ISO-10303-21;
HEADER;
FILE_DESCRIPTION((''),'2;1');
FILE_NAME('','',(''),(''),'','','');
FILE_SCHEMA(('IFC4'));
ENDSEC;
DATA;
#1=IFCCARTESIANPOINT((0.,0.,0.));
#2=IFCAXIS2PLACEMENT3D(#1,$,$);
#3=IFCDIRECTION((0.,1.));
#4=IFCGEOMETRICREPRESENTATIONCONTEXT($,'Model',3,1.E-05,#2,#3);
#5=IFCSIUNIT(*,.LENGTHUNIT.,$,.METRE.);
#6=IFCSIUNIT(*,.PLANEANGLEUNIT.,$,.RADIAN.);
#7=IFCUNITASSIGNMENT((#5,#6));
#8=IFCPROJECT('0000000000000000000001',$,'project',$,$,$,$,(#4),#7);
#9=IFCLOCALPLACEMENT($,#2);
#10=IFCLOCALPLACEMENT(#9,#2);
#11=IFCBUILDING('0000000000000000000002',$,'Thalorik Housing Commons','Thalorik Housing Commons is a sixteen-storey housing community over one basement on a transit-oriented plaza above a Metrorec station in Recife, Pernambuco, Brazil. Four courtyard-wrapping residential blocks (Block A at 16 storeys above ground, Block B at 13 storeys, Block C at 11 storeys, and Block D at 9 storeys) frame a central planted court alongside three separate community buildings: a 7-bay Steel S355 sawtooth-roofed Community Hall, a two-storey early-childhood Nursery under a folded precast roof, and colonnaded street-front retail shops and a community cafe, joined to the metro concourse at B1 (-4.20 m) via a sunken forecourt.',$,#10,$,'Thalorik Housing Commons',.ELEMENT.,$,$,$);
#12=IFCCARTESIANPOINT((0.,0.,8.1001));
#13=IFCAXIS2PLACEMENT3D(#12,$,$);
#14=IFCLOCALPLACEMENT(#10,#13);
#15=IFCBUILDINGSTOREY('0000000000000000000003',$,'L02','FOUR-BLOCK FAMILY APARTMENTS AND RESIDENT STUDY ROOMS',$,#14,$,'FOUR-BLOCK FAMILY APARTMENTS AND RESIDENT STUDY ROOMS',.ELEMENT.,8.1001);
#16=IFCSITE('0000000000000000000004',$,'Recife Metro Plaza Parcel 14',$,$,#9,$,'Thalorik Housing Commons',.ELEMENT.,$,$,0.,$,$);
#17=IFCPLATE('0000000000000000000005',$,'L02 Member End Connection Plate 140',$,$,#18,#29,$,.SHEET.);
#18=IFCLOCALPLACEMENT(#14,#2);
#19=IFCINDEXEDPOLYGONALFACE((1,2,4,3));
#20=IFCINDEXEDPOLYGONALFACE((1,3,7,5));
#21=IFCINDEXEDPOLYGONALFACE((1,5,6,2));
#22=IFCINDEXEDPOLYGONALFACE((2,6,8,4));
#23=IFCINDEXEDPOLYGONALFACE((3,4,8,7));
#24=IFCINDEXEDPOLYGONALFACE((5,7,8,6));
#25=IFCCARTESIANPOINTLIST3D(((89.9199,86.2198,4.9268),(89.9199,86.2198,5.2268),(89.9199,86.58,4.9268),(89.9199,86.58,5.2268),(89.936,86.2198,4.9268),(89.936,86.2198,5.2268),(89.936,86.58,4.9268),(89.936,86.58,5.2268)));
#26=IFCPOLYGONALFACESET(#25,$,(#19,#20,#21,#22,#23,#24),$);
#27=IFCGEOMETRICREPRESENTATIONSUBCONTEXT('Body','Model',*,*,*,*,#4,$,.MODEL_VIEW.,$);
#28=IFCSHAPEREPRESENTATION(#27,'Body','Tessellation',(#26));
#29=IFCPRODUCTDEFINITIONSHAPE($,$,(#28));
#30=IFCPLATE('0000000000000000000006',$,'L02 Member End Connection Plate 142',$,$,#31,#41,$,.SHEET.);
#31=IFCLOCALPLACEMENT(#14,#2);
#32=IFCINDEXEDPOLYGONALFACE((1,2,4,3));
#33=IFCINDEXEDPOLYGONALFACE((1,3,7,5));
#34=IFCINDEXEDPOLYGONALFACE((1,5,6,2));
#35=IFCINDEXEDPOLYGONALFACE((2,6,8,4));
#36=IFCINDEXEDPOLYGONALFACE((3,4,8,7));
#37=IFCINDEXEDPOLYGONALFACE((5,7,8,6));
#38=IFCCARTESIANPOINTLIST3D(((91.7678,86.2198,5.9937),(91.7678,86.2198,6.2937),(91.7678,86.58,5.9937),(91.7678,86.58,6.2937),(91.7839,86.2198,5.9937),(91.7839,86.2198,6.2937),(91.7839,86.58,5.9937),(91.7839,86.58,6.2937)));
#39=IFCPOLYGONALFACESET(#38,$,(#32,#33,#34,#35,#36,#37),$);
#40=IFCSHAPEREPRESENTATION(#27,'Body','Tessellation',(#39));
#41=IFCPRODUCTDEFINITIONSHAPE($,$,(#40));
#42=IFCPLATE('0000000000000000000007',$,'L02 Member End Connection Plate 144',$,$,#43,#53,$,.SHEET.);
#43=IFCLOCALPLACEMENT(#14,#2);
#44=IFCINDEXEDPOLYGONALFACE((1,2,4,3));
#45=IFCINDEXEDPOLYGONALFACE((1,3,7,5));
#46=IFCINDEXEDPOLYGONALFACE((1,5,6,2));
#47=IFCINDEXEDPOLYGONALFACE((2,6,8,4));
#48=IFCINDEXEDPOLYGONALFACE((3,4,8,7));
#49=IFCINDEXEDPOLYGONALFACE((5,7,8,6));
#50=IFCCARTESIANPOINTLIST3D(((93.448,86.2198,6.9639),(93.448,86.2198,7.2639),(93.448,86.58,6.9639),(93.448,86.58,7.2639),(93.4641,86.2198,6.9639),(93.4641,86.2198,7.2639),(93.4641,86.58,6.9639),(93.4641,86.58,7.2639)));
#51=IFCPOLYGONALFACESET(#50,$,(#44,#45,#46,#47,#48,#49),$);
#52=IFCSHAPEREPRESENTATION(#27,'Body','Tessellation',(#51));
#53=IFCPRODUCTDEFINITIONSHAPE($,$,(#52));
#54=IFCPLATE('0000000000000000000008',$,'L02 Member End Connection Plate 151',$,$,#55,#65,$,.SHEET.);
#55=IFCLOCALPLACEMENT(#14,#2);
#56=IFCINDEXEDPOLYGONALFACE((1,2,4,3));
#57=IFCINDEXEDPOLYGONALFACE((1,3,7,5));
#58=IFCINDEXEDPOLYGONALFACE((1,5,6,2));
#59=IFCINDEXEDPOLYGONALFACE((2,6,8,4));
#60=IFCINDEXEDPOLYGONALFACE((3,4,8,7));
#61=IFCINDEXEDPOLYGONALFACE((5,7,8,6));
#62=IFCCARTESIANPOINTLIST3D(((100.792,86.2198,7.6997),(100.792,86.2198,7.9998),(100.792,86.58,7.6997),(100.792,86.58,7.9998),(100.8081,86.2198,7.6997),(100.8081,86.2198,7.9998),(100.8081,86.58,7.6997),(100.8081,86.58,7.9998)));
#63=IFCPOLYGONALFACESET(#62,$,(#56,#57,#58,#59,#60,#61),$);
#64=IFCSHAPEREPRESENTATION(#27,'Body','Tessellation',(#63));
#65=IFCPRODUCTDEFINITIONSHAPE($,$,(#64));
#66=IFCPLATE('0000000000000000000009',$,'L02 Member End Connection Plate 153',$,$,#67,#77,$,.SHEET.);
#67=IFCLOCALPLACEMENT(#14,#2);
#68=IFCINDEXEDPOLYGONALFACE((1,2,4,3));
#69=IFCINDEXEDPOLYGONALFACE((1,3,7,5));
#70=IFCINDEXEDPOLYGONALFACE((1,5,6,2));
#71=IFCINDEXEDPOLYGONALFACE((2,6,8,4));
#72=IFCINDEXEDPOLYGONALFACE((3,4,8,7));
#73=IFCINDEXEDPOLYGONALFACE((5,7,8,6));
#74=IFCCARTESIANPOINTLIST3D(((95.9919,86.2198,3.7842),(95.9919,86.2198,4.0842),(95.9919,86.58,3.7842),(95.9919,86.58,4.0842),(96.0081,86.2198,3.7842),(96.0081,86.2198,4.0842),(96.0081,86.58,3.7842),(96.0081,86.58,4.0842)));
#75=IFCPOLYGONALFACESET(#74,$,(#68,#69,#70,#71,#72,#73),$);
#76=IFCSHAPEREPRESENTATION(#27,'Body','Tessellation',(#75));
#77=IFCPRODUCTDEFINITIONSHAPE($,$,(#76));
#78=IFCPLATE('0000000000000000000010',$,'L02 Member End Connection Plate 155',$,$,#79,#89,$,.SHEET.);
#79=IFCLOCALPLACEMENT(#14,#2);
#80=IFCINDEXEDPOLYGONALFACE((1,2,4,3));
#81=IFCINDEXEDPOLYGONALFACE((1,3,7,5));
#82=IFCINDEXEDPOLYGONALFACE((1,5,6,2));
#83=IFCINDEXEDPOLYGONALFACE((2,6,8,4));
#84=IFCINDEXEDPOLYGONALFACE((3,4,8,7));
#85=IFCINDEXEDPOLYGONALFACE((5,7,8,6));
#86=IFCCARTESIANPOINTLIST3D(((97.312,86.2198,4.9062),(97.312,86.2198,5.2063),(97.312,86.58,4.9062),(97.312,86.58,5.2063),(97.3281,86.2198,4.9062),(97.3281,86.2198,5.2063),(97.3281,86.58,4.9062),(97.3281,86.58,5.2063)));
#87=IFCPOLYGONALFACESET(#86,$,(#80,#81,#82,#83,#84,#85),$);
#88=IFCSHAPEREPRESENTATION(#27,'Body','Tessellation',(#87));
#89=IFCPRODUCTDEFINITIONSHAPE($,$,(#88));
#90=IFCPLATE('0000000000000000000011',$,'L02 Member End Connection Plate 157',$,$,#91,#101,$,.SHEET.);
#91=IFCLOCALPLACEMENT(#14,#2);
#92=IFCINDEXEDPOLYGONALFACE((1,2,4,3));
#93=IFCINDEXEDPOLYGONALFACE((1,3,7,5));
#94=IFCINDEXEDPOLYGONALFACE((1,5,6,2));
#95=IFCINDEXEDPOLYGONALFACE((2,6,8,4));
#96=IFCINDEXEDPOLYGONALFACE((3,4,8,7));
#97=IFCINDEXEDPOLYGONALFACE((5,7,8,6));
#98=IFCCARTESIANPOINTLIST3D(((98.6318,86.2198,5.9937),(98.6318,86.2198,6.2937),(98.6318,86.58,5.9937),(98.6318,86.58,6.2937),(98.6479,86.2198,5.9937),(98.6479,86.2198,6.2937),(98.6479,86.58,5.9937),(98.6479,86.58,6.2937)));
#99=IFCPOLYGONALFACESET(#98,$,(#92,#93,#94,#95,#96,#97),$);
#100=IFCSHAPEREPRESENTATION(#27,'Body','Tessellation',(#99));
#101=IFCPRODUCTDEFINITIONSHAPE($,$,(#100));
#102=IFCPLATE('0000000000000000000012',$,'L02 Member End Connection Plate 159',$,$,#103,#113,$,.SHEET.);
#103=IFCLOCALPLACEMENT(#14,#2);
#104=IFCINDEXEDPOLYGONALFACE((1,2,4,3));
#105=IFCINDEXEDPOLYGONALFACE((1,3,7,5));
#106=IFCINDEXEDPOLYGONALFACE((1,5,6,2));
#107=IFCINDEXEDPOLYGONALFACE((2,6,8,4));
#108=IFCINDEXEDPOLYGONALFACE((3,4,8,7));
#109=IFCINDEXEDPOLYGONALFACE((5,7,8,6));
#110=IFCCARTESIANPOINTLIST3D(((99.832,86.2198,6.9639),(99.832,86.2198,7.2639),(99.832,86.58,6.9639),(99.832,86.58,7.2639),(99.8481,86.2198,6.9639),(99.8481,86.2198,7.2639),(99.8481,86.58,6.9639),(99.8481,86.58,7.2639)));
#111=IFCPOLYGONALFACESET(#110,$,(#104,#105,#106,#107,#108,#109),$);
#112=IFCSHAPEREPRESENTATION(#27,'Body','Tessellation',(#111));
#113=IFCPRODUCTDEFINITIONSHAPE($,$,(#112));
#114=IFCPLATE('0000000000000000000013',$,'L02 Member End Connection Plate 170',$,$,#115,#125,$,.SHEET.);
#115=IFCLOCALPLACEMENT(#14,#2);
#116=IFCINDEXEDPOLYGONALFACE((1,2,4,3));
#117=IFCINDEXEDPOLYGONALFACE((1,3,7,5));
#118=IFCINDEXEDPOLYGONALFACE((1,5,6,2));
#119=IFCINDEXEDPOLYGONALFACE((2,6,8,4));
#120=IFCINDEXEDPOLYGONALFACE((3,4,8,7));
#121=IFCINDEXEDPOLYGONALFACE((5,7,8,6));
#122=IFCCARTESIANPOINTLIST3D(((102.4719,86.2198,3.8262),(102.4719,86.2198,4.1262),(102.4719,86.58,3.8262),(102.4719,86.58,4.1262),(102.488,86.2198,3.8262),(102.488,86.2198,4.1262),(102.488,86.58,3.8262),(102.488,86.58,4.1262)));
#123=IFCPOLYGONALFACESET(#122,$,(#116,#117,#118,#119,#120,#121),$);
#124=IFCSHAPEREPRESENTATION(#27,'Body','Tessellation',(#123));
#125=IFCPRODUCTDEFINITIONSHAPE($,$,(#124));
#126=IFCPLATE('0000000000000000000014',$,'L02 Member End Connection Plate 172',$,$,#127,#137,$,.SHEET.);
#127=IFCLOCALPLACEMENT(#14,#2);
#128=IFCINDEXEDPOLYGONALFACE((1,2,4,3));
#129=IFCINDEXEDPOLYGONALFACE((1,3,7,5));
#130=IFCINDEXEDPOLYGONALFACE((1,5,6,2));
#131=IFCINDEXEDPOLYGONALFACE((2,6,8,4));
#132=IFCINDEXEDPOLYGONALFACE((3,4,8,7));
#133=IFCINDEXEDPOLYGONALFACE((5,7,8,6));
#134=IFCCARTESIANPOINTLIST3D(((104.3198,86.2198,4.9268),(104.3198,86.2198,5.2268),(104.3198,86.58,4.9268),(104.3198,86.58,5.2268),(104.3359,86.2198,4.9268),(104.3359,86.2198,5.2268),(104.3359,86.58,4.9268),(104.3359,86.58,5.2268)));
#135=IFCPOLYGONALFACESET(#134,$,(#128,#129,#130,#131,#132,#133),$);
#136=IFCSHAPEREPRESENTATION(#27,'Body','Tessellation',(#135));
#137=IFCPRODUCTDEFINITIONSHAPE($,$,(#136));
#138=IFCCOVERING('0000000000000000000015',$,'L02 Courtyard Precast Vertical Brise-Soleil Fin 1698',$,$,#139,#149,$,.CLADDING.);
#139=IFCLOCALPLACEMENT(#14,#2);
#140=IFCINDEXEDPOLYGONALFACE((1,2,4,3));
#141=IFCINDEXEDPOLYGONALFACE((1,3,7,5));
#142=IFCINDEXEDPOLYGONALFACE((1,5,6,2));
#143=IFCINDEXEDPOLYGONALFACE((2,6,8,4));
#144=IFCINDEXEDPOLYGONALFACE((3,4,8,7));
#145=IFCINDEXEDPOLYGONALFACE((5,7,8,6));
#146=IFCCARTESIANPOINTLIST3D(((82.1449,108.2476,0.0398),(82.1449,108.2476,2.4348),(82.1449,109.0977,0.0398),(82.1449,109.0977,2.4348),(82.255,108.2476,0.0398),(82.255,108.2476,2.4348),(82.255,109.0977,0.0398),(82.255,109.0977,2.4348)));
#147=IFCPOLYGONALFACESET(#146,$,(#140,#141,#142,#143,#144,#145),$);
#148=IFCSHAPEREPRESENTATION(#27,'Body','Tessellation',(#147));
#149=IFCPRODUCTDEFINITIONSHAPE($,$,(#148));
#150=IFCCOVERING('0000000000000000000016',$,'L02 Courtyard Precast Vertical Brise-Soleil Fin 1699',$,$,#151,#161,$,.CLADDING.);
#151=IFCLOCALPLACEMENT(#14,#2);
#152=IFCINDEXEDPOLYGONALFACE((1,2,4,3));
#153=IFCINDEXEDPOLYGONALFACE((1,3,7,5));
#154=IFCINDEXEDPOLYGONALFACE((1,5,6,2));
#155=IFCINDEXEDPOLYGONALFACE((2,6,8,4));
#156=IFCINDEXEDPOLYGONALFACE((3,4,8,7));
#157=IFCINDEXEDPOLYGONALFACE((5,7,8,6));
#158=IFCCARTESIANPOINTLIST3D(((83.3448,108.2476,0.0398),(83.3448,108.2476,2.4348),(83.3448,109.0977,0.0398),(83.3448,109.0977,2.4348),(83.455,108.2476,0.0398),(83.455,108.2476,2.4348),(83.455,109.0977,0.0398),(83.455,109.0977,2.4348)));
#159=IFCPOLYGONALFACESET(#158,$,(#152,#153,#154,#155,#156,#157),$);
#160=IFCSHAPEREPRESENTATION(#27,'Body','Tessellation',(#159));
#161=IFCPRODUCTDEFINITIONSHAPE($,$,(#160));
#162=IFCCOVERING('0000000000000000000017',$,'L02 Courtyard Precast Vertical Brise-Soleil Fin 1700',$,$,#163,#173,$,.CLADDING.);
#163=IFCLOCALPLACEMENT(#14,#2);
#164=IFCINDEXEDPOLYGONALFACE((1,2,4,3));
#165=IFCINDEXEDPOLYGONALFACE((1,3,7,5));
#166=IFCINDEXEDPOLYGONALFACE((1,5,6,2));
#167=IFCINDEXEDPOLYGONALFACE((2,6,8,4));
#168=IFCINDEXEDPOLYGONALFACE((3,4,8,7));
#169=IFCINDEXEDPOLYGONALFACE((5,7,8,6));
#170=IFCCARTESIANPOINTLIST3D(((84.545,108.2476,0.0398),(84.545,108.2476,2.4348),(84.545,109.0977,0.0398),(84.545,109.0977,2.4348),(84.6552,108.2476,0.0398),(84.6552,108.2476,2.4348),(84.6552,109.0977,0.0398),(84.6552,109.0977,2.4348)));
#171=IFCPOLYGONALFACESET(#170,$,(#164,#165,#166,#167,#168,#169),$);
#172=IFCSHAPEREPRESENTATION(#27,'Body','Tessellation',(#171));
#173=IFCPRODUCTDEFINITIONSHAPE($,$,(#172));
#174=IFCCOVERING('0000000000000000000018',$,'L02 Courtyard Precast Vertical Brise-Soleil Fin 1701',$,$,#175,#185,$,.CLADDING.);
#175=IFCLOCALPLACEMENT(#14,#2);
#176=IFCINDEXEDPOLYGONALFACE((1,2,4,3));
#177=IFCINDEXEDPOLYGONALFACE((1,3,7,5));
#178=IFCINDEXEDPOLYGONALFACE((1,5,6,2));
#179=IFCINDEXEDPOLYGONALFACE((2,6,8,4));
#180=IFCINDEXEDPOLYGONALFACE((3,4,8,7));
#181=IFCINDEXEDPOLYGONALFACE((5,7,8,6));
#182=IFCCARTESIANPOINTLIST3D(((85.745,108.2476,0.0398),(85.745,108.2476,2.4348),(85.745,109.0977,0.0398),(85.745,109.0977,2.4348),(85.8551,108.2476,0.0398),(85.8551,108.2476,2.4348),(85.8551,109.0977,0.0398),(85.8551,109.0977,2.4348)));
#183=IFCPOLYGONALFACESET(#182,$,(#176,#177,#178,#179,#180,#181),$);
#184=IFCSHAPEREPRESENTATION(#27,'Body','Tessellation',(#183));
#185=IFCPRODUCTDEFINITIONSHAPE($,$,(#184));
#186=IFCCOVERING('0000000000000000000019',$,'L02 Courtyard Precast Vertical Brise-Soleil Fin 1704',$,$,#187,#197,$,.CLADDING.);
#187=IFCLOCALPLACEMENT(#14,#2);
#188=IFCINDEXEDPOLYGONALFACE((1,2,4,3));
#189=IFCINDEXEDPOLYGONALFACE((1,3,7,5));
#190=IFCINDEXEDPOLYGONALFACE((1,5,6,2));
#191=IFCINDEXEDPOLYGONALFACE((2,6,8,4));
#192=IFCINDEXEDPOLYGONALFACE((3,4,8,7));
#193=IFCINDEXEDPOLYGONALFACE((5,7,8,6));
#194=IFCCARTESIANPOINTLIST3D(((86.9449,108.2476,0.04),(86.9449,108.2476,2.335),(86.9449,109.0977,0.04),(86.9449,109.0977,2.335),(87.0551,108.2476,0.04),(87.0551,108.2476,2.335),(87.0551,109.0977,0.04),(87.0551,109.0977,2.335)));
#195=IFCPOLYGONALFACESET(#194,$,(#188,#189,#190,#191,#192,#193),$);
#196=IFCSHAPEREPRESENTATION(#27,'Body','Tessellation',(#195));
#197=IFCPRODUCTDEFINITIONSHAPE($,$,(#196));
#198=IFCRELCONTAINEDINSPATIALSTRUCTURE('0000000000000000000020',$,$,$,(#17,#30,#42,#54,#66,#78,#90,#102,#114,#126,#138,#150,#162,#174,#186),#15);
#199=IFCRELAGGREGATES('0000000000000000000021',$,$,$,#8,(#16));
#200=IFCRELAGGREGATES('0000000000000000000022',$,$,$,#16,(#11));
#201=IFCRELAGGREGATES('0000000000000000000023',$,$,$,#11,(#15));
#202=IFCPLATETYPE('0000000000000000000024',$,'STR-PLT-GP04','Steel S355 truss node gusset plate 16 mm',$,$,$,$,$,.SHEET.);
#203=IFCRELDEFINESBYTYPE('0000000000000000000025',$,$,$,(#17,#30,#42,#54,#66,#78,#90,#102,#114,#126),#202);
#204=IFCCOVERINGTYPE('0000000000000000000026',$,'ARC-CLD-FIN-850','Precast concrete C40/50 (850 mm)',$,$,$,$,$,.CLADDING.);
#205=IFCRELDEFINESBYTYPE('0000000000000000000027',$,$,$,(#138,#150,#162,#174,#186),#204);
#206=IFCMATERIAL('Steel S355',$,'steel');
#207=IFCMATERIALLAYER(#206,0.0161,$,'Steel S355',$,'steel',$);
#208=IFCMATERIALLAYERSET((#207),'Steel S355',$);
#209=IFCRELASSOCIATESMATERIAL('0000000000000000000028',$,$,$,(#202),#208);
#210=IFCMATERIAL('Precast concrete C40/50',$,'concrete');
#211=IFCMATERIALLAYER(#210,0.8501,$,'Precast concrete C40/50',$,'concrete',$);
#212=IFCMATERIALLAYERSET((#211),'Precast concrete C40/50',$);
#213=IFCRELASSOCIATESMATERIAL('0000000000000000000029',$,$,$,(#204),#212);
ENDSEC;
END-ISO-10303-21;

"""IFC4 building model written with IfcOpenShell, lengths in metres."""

from ifc_helpers import new_model, si_unit, direction, frame, origin, origin_2d, place, context, subcontext, project, spatial, rectangle, extrude, material, layer, layer_set, type_object, element, save


model = new_model("IFC4")

# Units and contexts
model_context = context("Model", 3, precision=1e-05, world=origin(), true_north=direction((0.0, 1.0)))
body_context = subcontext(model_context, "Body", "Model", "MODEL_VIEW")
ifc_project = project(units=[si_unit("LENGTHUNIT", "METRE"), si_unit("PLANEANGLEUNIT", "RADIAN")], contexts=[model_context])

# Site, building, storey
site_placement = place(None, origin())
site = spatial("IfcSite", under=ifc_project, at=site_placement, Name="Recife Metro Plaza Parcel 14", LongName="Thalorik Housing Commons", CompositionType="ELEMENT", RefElevation=0.0)
building_placement = place(site_placement, origin())
building = spatial("IfcBuilding", under=site, at=building_placement, Name="Thalorik Housing Commons", Description="Thalorik Housing Commons is a sixteen-storey housing community over one basement on a transit-oriented plaza above a Metrorec station in Recife, Pernambuco, Brazil. Four courtyard-wrapping residential blocks (Block A at 16 storeys above ground, Block B at 13 storeys, Block C at 11 storeys, and Block D at 9 storeys) frame a central planted court alongside three separate community buildings: a 7-bay Steel S355 sawtooth-roofed Community Hall, a two-storey early-childhood Nursery under a folded precast roof, and colonnaded street-front retail shops and a community cafe, joined to the metro concourse at B1 (-4.20 m) via a sunken forecourt.", LongName="Thalorik Housing Commons", CompositionType="ELEMENT")
storey_placement = place(building_placement, frame((0.0, 0.0, 8.1001)))
storey = spatial("IfcBuildingStorey", under=building, at=storey_placement, Name="L02", Description="FOUR-BLOCK FAMILY APARTMENTS AND RESIDENT STUDY ROOMS", LongName="FOUR-BLOCK FAMILY APARTMENTS AND RESIDENT STUDY ROOMS", CompositionType="ELEMENT", Elevation=8.1001)

# Shared definitions
ifc_material_1 = material(Name="Steel S355", Category="steel")

# Plates
ifc_layer_1 = layer(ifc_material_1, 0.0161, Name="Steel S355", Category="steel")
ifc_layer_set_1 = layer_set([ifc_layer_1], Name="Steel S355")
plate_type = type_object("IfcPlateType", Name="STR-PLT-GP04", Description="Steel S355 truss node gusset plate 16 mm", PredefinedType="SHEET", material=ifc_layer_set_1)
for number, where, z_axis, x_axis, name in (
    (1, (89.928, 86.3999, 4.9268), (0.0, 0.0, 1.0), (1.0, 0.0, 0.0), "L02 Member End Connection Plate 140"),
    (2, (91.7759, 86.3999, 5.9937), (0.0, 0.0, 1.0), (1.0, 0.0, 0.0), "L02 Member End Connection Plate 142"),
    (3, (93.4561, 86.3999, 6.9639), (0.0, 0.0, 1.0), (1.0, 0.0, 0.0), "L02 Member End Connection Plate 144"),
    (4, (100.8, 86.3999, 7.6997), (0.0, 0.0, 1.0), (1.0, 0.0, 0.0), "L02 Member End Connection Plate 151"),
    (5, (96.0, 86.3999, 3.7842), (0.0, 0.0, 1.0), (1.0, 0.0, 0.0), "L02 Member End Connection Plate 153"),
    (6, (97.3201, 86.3999, 4.9062), (0.0, 0.0, 1.0), (1.0, 0.0, 0.0), "L02 Member End Connection Plate 155"),
    (7, (98.6399, 86.3999, 5.9937), (0.0, 0.0, 1.0), (1.0, 0.0, 0.0), "L02 Member End Connection Plate 157"),
    (8, (99.8401, 86.3999, 6.9639), (0.0, 0.0, 1.0), (1.0, 0.0, 0.0), "L02 Member End Connection Plate 159"),
    (9, (102.48, 86.3999, 3.8262), (0.0, 0.0, 1.0), (1.0, 0.0, 0.0), "L02 Member End Connection Plate 170"),
    (10, (104.3279, 86.3999, 4.9268), (0.0, 0.0, 1.0), (1.0, 0.0, 0.0), "L02 Member End Connection Plate 172"),
):
    element("IfcPlate", number, at=place(storey_placement, frame(where, z_axis=z_axis, x_axis=x_axis)), inside=storey, type_object=plate_type, Name=name, PredefinedType="SHEET", context=body_context, shape_type="SweptSolid", body=[
        extrude(rectangle(XDim=0.0161, YDim=0.3601, at=origin_2d()), origin(), (0.0, 0.0, 1.0), 0.3),
    ])

# Coverings
ifc_material_2 = material(Name="Precast concrete C40/50", Category="concrete")
ifc_layer_2 = layer(ifc_material_2, 0.8501, Name="Precast concrete C40/50", Category="concrete")
ifc_layer_set_2 = layer_set([ifc_layer_2], Name="Precast concrete C40/50")
covering_type = type_object("IfcCoveringType", Name="ARC-CLD-FIN-850", Description="Precast concrete C40/50 (850 mm)", PredefinedType="CLADDING", material=ifc_layer_set_2)
for number, where, z_axis, x_axis, name in (
    (11, (82.2, 108.6726, 0.0398), (0.0, 0.0, 1.0), (1.0, 0.0, 0.0), "L02 Courtyard Precast Vertical Brise-Soleil Fin 1698"),
    (12, (83.3999, 108.6726, 0.0398), (0.0, 0.0, 1.0), (1.0, 0.0, 0.0), "L02 Courtyard Precast Vertical Brise-Soleil Fin 1699"),
    (13, (84.6001, 108.6726, 0.0398), (0.0, 0.0, 1.0), (1.0, 0.0, 0.0), "L02 Courtyard Precast Vertical Brise-Soleil Fin 1700"),
    (14, (85.8, 108.6726, 0.0398), (0.0, 0.0, 1.0), (1.0, 0.0, 0.0), "L02 Courtyard Precast Vertical Brise-Soleil Fin 1701"),
):
    element("IfcCovering", number, at=place(storey_placement, frame(where, z_axis=z_axis, x_axis=x_axis)), inside=storey, type_object=covering_type, Name=name, PredefinedType="CLADDING", context=body_context, shape_type="SweptSolid", body=[
        extrude(rectangle(XDim=0.1101, YDim=0.8501, at=origin_2d()), origin(), (0.0, 0.0, 1.0), 2.395),
    ])
covering_placement = place(storey_placement, frame((87.0, 108.6726, 0.04), z_axis=(0.0, 0.0, 1.0), x_axis=(1.0, 0.0, 0.0)))
element("IfcCovering", 15, at=covering_placement, inside=storey, type_object=covering_type, Name="L02 Courtyard Precast Vertical Brise-Soleil Fin 1704", PredefinedType="CLADDING", context=body_context, shape_type="SweptSolid", body=[
    extrude(rectangle(XDim=0.1101, YDim=0.8501, at=origin_2d()), origin(), (0.0, 0.0, 1.0), 2.2949),
])

save(model, "model.ifc")
